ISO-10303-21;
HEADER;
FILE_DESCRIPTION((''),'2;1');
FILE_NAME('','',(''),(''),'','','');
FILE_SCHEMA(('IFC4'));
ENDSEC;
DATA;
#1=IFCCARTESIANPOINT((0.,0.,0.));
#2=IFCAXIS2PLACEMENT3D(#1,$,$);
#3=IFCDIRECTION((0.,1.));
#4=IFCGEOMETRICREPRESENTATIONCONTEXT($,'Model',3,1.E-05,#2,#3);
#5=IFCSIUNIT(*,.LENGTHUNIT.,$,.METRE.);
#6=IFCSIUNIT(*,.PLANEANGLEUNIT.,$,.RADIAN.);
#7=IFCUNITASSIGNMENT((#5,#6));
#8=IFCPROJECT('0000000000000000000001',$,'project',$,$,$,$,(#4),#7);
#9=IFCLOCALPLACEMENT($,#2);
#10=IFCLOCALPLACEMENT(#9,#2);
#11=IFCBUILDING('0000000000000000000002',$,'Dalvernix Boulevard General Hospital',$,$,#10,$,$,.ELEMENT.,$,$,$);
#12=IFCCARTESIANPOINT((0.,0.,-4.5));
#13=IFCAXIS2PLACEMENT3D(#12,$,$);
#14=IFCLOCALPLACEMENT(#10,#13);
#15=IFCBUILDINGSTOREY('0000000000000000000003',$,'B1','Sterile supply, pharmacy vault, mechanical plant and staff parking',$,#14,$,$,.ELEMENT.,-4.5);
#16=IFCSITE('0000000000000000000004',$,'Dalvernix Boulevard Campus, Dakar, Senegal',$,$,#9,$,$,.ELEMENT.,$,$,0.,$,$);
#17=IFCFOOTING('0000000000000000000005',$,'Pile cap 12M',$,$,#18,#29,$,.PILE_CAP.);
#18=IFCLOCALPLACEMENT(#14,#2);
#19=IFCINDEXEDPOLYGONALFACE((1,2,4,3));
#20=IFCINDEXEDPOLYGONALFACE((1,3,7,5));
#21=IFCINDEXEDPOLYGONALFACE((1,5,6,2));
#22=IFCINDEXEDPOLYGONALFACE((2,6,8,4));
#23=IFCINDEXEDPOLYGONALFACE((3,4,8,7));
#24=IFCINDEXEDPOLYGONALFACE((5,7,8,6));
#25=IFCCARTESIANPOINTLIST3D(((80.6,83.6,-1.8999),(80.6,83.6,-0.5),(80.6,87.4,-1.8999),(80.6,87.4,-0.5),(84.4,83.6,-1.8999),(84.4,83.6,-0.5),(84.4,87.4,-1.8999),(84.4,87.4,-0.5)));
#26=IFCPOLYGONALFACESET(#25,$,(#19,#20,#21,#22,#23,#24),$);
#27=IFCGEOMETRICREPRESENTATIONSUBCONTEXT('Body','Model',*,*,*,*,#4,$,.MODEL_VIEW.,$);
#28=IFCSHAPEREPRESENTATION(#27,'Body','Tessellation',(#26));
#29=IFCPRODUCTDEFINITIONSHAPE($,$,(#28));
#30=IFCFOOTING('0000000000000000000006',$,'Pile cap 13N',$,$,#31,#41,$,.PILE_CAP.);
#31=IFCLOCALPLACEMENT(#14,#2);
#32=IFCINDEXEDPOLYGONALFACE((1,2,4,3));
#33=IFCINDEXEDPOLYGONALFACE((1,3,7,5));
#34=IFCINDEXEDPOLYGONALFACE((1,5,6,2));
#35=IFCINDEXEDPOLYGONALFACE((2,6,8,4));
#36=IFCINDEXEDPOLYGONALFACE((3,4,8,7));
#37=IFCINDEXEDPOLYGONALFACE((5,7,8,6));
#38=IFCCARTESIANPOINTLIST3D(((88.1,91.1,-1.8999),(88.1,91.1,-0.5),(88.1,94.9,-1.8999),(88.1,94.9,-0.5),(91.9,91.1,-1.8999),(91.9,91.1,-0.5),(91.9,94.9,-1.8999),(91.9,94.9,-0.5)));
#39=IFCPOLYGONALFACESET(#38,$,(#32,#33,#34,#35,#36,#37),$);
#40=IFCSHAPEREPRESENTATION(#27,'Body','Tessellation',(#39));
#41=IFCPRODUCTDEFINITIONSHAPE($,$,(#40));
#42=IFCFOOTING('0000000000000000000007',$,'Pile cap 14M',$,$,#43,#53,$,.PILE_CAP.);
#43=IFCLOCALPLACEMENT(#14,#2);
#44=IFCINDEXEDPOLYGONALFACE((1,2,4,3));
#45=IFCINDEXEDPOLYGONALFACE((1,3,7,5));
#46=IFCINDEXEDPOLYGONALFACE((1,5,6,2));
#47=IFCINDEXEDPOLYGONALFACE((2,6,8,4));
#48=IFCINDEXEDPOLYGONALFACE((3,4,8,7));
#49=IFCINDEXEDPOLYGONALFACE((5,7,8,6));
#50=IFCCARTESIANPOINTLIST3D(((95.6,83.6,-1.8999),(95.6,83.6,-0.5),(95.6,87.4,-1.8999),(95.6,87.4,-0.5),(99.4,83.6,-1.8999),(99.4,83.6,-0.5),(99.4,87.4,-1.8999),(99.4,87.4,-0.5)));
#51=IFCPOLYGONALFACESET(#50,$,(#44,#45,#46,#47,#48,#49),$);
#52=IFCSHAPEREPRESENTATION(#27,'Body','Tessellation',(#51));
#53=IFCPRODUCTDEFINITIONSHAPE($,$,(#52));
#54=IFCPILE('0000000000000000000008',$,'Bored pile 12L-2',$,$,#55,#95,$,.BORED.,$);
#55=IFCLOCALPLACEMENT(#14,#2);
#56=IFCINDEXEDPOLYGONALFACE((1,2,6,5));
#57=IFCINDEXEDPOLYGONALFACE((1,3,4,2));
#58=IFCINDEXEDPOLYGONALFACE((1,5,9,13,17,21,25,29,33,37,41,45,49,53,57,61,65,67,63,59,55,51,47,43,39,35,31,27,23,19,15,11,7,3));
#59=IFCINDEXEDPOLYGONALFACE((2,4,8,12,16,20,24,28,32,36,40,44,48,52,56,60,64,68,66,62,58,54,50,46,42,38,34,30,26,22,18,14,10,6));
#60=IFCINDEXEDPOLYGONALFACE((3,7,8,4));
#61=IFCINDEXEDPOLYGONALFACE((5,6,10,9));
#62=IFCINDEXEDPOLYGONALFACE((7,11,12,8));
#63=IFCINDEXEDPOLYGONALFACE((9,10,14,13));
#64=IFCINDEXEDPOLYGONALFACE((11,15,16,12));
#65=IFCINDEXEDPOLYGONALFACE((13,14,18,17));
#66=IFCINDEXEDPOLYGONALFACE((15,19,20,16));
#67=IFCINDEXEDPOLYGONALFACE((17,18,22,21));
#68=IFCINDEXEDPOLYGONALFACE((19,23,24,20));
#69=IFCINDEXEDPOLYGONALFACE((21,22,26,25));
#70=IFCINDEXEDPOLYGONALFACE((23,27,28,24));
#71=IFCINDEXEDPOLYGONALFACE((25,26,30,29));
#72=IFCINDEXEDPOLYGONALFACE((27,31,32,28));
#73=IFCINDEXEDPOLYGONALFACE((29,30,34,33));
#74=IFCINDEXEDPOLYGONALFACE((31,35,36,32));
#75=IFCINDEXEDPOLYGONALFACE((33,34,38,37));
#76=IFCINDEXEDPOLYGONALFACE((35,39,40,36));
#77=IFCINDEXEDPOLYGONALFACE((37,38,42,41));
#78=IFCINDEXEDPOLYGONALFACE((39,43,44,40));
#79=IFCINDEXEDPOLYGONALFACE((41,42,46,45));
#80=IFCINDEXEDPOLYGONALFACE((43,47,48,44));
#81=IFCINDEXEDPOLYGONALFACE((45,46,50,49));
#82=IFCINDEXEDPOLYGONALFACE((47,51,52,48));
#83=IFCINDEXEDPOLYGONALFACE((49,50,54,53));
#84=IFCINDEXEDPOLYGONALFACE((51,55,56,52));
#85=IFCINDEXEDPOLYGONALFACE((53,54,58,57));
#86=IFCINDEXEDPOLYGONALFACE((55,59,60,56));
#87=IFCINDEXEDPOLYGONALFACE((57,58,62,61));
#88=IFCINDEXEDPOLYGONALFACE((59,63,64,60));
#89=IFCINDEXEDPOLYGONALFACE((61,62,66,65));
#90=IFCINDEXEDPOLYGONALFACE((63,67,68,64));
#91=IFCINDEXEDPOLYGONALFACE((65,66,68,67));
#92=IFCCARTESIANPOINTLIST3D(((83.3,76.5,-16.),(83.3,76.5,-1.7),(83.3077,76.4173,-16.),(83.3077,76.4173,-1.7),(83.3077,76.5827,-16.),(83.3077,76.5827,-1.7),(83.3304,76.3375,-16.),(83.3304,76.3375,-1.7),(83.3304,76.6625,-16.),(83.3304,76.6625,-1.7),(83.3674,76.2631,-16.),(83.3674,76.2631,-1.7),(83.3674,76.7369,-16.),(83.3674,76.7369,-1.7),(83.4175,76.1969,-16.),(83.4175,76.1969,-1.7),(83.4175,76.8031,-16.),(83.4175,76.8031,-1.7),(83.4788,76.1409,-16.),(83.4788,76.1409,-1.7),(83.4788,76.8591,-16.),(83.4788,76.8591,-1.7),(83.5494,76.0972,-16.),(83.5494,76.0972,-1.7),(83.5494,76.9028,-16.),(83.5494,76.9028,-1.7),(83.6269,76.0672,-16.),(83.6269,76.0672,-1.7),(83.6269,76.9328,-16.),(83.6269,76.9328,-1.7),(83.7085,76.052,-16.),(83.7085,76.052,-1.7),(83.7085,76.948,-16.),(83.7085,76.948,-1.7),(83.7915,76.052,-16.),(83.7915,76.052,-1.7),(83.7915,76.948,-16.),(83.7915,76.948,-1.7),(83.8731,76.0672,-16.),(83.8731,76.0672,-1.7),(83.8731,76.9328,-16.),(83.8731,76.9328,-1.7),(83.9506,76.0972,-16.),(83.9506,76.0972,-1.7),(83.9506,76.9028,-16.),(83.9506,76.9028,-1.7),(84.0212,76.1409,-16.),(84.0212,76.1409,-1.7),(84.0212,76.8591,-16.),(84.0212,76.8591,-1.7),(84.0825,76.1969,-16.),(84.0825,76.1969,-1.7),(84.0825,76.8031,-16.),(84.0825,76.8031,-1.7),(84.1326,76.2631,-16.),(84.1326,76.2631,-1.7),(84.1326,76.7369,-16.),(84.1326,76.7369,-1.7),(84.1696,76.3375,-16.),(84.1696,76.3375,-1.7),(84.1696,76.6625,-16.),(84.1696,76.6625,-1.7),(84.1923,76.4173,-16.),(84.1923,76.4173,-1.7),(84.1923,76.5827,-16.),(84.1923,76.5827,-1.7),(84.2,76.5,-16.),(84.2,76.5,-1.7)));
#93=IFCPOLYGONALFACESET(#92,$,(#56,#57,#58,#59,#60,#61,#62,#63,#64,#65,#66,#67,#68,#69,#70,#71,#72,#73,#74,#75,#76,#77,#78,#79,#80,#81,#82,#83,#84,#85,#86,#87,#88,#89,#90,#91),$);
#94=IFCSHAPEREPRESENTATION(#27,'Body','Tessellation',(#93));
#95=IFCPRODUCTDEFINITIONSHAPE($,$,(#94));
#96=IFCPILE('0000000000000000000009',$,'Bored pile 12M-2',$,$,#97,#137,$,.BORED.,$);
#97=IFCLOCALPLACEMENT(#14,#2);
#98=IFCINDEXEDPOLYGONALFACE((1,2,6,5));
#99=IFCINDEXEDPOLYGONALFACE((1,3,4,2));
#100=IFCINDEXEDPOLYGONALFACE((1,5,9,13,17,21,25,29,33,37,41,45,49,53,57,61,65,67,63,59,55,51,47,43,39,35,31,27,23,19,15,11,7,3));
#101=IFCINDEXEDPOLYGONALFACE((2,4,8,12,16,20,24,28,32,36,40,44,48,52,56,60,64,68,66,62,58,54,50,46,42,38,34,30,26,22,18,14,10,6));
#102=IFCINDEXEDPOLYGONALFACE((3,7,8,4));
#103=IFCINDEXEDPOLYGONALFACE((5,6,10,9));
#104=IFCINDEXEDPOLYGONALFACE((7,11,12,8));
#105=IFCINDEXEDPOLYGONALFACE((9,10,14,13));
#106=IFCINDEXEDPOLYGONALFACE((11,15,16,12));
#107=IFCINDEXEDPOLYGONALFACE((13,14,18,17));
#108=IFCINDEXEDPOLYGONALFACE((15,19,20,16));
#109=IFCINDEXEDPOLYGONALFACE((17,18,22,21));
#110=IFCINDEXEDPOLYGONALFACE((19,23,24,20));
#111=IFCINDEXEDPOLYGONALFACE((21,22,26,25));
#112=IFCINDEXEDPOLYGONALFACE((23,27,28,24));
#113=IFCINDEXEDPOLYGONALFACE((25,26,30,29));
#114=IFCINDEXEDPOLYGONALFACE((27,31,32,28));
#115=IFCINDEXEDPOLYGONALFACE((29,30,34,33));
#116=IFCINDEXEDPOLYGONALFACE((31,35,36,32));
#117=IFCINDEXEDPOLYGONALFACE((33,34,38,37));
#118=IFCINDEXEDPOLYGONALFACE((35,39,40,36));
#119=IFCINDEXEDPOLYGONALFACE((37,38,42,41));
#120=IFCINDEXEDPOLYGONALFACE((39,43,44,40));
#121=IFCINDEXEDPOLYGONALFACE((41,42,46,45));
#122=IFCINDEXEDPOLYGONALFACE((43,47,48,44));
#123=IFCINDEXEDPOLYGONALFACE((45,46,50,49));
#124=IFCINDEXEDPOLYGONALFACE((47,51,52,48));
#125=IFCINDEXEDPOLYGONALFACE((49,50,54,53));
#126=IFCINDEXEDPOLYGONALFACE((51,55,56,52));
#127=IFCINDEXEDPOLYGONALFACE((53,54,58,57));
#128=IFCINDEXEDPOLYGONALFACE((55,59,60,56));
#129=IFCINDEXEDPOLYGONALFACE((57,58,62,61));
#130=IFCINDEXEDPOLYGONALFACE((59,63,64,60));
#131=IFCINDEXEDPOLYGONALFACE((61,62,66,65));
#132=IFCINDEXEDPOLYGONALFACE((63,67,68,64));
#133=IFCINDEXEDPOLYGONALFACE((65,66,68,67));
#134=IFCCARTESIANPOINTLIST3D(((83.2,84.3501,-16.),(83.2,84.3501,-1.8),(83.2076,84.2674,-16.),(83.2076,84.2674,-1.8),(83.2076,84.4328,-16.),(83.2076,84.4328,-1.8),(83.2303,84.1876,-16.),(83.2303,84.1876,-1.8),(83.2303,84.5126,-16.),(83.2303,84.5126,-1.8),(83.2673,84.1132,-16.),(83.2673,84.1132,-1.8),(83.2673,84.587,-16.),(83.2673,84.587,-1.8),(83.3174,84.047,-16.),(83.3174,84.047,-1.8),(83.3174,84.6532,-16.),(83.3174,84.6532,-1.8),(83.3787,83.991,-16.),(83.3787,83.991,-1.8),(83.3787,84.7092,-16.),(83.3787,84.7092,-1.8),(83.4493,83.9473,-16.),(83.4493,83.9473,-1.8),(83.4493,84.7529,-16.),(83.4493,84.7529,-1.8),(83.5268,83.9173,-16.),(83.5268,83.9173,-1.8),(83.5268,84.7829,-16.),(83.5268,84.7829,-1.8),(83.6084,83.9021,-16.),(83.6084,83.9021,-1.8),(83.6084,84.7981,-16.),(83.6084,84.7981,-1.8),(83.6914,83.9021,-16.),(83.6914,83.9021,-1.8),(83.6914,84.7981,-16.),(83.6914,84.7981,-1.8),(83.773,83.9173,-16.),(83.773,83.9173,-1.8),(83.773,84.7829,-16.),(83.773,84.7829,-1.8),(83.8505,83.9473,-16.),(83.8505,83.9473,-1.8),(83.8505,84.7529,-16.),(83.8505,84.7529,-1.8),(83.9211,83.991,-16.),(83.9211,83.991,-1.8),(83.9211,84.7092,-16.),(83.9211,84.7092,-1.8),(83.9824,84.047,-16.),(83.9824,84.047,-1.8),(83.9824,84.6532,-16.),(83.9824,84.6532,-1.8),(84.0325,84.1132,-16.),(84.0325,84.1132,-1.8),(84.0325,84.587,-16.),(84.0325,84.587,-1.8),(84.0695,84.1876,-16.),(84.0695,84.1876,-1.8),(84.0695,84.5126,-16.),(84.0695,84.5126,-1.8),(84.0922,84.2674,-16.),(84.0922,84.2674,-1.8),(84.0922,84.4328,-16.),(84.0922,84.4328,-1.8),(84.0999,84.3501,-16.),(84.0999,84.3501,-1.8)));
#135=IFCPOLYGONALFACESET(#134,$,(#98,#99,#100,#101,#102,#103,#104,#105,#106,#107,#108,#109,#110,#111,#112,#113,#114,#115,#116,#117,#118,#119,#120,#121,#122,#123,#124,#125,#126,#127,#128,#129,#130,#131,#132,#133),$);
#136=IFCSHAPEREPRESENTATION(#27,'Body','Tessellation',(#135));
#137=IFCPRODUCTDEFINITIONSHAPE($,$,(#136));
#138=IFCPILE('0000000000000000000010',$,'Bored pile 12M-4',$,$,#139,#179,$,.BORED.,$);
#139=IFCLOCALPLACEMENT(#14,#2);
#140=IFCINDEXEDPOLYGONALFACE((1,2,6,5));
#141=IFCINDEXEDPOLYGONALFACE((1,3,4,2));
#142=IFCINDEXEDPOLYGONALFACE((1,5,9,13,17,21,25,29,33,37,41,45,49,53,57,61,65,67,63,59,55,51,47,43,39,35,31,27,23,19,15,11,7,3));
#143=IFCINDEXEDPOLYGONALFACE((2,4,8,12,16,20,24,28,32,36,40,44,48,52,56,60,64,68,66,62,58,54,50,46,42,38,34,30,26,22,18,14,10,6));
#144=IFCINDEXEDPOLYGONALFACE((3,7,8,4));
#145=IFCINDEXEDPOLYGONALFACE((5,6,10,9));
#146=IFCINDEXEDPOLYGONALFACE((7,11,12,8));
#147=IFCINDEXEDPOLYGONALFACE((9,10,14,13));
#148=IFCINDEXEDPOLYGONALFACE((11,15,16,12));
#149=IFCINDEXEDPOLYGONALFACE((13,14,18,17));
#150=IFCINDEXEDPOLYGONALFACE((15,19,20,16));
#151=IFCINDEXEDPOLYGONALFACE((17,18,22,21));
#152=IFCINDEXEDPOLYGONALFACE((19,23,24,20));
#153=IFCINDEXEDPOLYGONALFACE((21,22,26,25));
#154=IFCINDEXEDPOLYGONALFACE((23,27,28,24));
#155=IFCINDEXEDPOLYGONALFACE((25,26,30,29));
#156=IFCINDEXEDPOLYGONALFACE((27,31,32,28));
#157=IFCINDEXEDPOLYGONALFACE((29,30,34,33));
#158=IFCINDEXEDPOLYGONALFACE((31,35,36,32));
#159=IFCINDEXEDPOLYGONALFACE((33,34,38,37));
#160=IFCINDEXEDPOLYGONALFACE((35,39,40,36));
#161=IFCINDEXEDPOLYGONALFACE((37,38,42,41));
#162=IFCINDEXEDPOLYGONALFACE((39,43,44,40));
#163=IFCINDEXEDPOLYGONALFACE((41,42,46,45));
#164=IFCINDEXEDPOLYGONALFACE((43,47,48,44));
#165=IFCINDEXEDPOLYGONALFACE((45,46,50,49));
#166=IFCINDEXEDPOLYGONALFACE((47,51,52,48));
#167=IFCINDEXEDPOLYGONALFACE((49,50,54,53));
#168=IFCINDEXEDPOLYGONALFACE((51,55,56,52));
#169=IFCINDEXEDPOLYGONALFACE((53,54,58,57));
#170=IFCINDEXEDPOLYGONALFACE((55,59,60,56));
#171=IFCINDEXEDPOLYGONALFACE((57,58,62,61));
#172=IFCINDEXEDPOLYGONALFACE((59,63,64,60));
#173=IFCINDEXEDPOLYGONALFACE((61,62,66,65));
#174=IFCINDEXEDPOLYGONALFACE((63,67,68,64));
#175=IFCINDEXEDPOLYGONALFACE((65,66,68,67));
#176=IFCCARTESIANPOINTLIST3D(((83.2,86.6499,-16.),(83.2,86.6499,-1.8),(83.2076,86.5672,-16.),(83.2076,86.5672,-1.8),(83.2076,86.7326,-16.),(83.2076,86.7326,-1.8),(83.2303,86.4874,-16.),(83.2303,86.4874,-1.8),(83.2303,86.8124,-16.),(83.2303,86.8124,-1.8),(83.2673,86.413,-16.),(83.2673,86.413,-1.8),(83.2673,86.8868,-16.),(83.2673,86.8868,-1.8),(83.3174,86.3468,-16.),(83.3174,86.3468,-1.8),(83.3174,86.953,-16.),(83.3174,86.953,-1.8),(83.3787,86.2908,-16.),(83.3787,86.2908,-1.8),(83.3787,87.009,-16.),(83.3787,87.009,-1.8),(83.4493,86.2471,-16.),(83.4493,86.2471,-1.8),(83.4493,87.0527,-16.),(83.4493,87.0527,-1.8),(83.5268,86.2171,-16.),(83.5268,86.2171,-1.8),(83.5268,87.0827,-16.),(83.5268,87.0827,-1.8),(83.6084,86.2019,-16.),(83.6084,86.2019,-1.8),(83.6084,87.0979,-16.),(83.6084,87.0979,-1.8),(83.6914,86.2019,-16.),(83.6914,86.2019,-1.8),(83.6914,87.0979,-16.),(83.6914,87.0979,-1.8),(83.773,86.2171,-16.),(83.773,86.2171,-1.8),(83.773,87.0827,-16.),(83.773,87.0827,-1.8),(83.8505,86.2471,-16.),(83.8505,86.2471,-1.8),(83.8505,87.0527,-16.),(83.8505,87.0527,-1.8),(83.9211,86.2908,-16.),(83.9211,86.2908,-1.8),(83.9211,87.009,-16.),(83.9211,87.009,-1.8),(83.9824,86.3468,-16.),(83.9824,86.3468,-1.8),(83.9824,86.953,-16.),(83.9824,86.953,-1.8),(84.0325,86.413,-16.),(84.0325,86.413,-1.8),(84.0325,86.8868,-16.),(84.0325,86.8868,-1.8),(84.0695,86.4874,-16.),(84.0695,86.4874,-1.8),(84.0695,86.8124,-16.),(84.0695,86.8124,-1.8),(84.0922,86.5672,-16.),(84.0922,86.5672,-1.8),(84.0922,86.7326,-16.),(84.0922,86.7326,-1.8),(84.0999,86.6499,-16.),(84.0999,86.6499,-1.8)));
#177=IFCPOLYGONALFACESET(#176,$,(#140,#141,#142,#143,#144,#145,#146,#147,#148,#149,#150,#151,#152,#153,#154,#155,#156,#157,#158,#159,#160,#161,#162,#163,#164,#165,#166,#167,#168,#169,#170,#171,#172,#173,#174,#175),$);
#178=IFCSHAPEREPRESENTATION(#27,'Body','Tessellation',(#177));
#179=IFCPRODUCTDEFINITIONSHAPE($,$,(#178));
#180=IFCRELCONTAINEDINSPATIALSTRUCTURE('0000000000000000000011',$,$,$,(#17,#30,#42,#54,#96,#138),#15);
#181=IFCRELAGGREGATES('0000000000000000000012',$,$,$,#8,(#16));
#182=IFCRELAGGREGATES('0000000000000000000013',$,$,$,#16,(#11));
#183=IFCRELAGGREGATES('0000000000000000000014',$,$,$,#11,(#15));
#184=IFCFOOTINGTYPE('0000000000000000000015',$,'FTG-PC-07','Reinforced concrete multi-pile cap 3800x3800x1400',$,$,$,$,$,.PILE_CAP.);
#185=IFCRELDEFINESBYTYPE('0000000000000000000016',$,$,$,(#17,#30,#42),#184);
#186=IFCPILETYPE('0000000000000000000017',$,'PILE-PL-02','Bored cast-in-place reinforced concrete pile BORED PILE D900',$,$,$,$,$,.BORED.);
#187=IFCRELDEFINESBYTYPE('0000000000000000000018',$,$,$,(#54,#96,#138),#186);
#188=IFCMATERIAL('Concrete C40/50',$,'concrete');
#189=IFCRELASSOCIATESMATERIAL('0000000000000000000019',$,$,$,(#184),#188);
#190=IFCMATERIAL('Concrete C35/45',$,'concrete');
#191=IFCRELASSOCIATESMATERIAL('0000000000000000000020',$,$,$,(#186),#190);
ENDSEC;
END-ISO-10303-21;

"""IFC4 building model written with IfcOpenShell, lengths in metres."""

from ifc_helpers import new_model, si_unit, direction, frame, origin, origin_2d, place, context, subcontext, project, spatial, rectangle, circle, extrude, material, material_profile, profile_set, type_object, element, save


model = new_model("IFC4")

# Units and contexts
model_context = context("Model", 3, precision=1e-05, world=origin(), true_north=direction((0.0, 1.0)))
body_context = subcontext(model_context, "Body", "Model", "MODEL_VIEW")
ifc_project = project(units=[si_unit("LENGTHUNIT", "METRE"), si_unit("PLANEANGLEUNIT", "RADIAN")], contexts=[model_context])

# Site, building, storey
site_placement = place(None, origin())
site = spatial("IfcSite", under=ifc_project, at=site_placement, Name="Dalvernix Boulevard Campus, Dakar, Senegal", CompositionType="ELEMENT", RefElevation=0.0)
building_placement = place(site_placement, origin())
building = spatial("IfcBuilding", under=site, at=building_placement, Name="Dalvernix Boulevard General Hospital", CompositionType="ELEMENT")
storey_placement = place(building_placement, frame((0.0, 0.0, -4.5)))
storey = spatial("IfcBuildingStorey", under=building, at=storey_placement, Name="B1", Description="Sterile supply, pharmacy vault, mechanical plant and staff parking", CompositionType="ELEMENT", Elevation=-4.5)

# Footings
ifc_material_1 = material(Name="Concrete C35/45", Category="concrete")
ifc_material_2 = material(Name="Concrete C40/50", Category="concrete")
footing_type_1 = type_object("IfcFootingType", Name="FTG-PC-07", Description="Reinforced concrete multi-pile cap 3800x3800x1400", PredefinedType="PILE_CAP", material=ifc_material_2)
for number, where, z_axis, x_axis, name in (
    (1, (82.5, 85.5, -1.8999), (0.0, 0.0, 1.0), (1.0, 0.0, 0.0), "Pile cap 12M"),
    (2, (90.0, 93.0, -1.8999), (0.0, 0.0, 1.0), (1.0, 0.0, 0.0), "Pile cap 13N"),
    (3, (97.5, 85.5, -1.8999), (0.0, 0.0, 1.0), (1.0, 0.0, 0.0), "Pile cap 14M"),
):
    element("IfcFooting", number, at=place(storey_placement, frame(where, z_axis=z_axis, x_axis=x_axis)), inside=storey, type_object=footing_type_1, Name=name, PredefinedType="PILE_CAP", context=body_context, shape_type="SweptSolid", body=[
        extrude(rectangle(XDim=3.8, YDim=3.8, at=origin_2d()), origin(), (0.0, 0.0, 1.0), 1.3999),
    ])

# Piles
ifc_material_profile_1 = material_profile(ifc_material_1, circle(Radius=0.45, at=origin_2d()), Name="BORED PILE D900")
ifc_profile_set_1 = profile_set([ifc_material_profile_1], Name="Concrete C35/45")
pile_type = type_object("IfcPileType", Name="PILE-PL-02", Description="Bored cast-in-place reinforced concrete pile BORED PILE D900", PredefinedType="BORED", material=ifc_profile_set_1)
pile_1_placement = place(storey_placement, frame((83.75, 76.5, -1.7), z_axis=(0.0, 0.0, -1.0), x_axis=(1.0, 0.0, 0.0)))
element("IfcPile", 4, at=pile_1_placement, inside=storey, type_object=pile_type, Name="Bored pile 12L-2", PredefinedType="BORED", context=body_context, shape_type="SweptSolid", body=[
    extrude(circle(Radius=0.45, at=origin_2d()), origin(), (0.0, 0.0, 1.0), 14.3),
])
for number, where, z_axis, x_axis, name in (
    (5, (83.6499, 84.3501, -1.8), (0.0, 0.0, -1.0), (1.0, 0.0, 0.0), "Bored pile 12M-2"),
    (6, (83.6499, 86.6499, -1.8), (0.0, 0.0, -1.0), (1.0, 0.0, 0.0), "Bored pile 12M-4"),
):
    element("IfcPile", number, at=place(storey_placement, frame(where, z_axis=z_axis, x_axis=x_axis)), inside=storey, type_object=pile_type, Name=name, PredefinedType="BORED", context=body_context, shape_type="SweptSolid", body=[
        extrude(circle(Radius=0.45, at=origin_2d()), origin(), (0.0, 0.0, 1.0), 14.2),
    ])

save(model, "model.ifc")
